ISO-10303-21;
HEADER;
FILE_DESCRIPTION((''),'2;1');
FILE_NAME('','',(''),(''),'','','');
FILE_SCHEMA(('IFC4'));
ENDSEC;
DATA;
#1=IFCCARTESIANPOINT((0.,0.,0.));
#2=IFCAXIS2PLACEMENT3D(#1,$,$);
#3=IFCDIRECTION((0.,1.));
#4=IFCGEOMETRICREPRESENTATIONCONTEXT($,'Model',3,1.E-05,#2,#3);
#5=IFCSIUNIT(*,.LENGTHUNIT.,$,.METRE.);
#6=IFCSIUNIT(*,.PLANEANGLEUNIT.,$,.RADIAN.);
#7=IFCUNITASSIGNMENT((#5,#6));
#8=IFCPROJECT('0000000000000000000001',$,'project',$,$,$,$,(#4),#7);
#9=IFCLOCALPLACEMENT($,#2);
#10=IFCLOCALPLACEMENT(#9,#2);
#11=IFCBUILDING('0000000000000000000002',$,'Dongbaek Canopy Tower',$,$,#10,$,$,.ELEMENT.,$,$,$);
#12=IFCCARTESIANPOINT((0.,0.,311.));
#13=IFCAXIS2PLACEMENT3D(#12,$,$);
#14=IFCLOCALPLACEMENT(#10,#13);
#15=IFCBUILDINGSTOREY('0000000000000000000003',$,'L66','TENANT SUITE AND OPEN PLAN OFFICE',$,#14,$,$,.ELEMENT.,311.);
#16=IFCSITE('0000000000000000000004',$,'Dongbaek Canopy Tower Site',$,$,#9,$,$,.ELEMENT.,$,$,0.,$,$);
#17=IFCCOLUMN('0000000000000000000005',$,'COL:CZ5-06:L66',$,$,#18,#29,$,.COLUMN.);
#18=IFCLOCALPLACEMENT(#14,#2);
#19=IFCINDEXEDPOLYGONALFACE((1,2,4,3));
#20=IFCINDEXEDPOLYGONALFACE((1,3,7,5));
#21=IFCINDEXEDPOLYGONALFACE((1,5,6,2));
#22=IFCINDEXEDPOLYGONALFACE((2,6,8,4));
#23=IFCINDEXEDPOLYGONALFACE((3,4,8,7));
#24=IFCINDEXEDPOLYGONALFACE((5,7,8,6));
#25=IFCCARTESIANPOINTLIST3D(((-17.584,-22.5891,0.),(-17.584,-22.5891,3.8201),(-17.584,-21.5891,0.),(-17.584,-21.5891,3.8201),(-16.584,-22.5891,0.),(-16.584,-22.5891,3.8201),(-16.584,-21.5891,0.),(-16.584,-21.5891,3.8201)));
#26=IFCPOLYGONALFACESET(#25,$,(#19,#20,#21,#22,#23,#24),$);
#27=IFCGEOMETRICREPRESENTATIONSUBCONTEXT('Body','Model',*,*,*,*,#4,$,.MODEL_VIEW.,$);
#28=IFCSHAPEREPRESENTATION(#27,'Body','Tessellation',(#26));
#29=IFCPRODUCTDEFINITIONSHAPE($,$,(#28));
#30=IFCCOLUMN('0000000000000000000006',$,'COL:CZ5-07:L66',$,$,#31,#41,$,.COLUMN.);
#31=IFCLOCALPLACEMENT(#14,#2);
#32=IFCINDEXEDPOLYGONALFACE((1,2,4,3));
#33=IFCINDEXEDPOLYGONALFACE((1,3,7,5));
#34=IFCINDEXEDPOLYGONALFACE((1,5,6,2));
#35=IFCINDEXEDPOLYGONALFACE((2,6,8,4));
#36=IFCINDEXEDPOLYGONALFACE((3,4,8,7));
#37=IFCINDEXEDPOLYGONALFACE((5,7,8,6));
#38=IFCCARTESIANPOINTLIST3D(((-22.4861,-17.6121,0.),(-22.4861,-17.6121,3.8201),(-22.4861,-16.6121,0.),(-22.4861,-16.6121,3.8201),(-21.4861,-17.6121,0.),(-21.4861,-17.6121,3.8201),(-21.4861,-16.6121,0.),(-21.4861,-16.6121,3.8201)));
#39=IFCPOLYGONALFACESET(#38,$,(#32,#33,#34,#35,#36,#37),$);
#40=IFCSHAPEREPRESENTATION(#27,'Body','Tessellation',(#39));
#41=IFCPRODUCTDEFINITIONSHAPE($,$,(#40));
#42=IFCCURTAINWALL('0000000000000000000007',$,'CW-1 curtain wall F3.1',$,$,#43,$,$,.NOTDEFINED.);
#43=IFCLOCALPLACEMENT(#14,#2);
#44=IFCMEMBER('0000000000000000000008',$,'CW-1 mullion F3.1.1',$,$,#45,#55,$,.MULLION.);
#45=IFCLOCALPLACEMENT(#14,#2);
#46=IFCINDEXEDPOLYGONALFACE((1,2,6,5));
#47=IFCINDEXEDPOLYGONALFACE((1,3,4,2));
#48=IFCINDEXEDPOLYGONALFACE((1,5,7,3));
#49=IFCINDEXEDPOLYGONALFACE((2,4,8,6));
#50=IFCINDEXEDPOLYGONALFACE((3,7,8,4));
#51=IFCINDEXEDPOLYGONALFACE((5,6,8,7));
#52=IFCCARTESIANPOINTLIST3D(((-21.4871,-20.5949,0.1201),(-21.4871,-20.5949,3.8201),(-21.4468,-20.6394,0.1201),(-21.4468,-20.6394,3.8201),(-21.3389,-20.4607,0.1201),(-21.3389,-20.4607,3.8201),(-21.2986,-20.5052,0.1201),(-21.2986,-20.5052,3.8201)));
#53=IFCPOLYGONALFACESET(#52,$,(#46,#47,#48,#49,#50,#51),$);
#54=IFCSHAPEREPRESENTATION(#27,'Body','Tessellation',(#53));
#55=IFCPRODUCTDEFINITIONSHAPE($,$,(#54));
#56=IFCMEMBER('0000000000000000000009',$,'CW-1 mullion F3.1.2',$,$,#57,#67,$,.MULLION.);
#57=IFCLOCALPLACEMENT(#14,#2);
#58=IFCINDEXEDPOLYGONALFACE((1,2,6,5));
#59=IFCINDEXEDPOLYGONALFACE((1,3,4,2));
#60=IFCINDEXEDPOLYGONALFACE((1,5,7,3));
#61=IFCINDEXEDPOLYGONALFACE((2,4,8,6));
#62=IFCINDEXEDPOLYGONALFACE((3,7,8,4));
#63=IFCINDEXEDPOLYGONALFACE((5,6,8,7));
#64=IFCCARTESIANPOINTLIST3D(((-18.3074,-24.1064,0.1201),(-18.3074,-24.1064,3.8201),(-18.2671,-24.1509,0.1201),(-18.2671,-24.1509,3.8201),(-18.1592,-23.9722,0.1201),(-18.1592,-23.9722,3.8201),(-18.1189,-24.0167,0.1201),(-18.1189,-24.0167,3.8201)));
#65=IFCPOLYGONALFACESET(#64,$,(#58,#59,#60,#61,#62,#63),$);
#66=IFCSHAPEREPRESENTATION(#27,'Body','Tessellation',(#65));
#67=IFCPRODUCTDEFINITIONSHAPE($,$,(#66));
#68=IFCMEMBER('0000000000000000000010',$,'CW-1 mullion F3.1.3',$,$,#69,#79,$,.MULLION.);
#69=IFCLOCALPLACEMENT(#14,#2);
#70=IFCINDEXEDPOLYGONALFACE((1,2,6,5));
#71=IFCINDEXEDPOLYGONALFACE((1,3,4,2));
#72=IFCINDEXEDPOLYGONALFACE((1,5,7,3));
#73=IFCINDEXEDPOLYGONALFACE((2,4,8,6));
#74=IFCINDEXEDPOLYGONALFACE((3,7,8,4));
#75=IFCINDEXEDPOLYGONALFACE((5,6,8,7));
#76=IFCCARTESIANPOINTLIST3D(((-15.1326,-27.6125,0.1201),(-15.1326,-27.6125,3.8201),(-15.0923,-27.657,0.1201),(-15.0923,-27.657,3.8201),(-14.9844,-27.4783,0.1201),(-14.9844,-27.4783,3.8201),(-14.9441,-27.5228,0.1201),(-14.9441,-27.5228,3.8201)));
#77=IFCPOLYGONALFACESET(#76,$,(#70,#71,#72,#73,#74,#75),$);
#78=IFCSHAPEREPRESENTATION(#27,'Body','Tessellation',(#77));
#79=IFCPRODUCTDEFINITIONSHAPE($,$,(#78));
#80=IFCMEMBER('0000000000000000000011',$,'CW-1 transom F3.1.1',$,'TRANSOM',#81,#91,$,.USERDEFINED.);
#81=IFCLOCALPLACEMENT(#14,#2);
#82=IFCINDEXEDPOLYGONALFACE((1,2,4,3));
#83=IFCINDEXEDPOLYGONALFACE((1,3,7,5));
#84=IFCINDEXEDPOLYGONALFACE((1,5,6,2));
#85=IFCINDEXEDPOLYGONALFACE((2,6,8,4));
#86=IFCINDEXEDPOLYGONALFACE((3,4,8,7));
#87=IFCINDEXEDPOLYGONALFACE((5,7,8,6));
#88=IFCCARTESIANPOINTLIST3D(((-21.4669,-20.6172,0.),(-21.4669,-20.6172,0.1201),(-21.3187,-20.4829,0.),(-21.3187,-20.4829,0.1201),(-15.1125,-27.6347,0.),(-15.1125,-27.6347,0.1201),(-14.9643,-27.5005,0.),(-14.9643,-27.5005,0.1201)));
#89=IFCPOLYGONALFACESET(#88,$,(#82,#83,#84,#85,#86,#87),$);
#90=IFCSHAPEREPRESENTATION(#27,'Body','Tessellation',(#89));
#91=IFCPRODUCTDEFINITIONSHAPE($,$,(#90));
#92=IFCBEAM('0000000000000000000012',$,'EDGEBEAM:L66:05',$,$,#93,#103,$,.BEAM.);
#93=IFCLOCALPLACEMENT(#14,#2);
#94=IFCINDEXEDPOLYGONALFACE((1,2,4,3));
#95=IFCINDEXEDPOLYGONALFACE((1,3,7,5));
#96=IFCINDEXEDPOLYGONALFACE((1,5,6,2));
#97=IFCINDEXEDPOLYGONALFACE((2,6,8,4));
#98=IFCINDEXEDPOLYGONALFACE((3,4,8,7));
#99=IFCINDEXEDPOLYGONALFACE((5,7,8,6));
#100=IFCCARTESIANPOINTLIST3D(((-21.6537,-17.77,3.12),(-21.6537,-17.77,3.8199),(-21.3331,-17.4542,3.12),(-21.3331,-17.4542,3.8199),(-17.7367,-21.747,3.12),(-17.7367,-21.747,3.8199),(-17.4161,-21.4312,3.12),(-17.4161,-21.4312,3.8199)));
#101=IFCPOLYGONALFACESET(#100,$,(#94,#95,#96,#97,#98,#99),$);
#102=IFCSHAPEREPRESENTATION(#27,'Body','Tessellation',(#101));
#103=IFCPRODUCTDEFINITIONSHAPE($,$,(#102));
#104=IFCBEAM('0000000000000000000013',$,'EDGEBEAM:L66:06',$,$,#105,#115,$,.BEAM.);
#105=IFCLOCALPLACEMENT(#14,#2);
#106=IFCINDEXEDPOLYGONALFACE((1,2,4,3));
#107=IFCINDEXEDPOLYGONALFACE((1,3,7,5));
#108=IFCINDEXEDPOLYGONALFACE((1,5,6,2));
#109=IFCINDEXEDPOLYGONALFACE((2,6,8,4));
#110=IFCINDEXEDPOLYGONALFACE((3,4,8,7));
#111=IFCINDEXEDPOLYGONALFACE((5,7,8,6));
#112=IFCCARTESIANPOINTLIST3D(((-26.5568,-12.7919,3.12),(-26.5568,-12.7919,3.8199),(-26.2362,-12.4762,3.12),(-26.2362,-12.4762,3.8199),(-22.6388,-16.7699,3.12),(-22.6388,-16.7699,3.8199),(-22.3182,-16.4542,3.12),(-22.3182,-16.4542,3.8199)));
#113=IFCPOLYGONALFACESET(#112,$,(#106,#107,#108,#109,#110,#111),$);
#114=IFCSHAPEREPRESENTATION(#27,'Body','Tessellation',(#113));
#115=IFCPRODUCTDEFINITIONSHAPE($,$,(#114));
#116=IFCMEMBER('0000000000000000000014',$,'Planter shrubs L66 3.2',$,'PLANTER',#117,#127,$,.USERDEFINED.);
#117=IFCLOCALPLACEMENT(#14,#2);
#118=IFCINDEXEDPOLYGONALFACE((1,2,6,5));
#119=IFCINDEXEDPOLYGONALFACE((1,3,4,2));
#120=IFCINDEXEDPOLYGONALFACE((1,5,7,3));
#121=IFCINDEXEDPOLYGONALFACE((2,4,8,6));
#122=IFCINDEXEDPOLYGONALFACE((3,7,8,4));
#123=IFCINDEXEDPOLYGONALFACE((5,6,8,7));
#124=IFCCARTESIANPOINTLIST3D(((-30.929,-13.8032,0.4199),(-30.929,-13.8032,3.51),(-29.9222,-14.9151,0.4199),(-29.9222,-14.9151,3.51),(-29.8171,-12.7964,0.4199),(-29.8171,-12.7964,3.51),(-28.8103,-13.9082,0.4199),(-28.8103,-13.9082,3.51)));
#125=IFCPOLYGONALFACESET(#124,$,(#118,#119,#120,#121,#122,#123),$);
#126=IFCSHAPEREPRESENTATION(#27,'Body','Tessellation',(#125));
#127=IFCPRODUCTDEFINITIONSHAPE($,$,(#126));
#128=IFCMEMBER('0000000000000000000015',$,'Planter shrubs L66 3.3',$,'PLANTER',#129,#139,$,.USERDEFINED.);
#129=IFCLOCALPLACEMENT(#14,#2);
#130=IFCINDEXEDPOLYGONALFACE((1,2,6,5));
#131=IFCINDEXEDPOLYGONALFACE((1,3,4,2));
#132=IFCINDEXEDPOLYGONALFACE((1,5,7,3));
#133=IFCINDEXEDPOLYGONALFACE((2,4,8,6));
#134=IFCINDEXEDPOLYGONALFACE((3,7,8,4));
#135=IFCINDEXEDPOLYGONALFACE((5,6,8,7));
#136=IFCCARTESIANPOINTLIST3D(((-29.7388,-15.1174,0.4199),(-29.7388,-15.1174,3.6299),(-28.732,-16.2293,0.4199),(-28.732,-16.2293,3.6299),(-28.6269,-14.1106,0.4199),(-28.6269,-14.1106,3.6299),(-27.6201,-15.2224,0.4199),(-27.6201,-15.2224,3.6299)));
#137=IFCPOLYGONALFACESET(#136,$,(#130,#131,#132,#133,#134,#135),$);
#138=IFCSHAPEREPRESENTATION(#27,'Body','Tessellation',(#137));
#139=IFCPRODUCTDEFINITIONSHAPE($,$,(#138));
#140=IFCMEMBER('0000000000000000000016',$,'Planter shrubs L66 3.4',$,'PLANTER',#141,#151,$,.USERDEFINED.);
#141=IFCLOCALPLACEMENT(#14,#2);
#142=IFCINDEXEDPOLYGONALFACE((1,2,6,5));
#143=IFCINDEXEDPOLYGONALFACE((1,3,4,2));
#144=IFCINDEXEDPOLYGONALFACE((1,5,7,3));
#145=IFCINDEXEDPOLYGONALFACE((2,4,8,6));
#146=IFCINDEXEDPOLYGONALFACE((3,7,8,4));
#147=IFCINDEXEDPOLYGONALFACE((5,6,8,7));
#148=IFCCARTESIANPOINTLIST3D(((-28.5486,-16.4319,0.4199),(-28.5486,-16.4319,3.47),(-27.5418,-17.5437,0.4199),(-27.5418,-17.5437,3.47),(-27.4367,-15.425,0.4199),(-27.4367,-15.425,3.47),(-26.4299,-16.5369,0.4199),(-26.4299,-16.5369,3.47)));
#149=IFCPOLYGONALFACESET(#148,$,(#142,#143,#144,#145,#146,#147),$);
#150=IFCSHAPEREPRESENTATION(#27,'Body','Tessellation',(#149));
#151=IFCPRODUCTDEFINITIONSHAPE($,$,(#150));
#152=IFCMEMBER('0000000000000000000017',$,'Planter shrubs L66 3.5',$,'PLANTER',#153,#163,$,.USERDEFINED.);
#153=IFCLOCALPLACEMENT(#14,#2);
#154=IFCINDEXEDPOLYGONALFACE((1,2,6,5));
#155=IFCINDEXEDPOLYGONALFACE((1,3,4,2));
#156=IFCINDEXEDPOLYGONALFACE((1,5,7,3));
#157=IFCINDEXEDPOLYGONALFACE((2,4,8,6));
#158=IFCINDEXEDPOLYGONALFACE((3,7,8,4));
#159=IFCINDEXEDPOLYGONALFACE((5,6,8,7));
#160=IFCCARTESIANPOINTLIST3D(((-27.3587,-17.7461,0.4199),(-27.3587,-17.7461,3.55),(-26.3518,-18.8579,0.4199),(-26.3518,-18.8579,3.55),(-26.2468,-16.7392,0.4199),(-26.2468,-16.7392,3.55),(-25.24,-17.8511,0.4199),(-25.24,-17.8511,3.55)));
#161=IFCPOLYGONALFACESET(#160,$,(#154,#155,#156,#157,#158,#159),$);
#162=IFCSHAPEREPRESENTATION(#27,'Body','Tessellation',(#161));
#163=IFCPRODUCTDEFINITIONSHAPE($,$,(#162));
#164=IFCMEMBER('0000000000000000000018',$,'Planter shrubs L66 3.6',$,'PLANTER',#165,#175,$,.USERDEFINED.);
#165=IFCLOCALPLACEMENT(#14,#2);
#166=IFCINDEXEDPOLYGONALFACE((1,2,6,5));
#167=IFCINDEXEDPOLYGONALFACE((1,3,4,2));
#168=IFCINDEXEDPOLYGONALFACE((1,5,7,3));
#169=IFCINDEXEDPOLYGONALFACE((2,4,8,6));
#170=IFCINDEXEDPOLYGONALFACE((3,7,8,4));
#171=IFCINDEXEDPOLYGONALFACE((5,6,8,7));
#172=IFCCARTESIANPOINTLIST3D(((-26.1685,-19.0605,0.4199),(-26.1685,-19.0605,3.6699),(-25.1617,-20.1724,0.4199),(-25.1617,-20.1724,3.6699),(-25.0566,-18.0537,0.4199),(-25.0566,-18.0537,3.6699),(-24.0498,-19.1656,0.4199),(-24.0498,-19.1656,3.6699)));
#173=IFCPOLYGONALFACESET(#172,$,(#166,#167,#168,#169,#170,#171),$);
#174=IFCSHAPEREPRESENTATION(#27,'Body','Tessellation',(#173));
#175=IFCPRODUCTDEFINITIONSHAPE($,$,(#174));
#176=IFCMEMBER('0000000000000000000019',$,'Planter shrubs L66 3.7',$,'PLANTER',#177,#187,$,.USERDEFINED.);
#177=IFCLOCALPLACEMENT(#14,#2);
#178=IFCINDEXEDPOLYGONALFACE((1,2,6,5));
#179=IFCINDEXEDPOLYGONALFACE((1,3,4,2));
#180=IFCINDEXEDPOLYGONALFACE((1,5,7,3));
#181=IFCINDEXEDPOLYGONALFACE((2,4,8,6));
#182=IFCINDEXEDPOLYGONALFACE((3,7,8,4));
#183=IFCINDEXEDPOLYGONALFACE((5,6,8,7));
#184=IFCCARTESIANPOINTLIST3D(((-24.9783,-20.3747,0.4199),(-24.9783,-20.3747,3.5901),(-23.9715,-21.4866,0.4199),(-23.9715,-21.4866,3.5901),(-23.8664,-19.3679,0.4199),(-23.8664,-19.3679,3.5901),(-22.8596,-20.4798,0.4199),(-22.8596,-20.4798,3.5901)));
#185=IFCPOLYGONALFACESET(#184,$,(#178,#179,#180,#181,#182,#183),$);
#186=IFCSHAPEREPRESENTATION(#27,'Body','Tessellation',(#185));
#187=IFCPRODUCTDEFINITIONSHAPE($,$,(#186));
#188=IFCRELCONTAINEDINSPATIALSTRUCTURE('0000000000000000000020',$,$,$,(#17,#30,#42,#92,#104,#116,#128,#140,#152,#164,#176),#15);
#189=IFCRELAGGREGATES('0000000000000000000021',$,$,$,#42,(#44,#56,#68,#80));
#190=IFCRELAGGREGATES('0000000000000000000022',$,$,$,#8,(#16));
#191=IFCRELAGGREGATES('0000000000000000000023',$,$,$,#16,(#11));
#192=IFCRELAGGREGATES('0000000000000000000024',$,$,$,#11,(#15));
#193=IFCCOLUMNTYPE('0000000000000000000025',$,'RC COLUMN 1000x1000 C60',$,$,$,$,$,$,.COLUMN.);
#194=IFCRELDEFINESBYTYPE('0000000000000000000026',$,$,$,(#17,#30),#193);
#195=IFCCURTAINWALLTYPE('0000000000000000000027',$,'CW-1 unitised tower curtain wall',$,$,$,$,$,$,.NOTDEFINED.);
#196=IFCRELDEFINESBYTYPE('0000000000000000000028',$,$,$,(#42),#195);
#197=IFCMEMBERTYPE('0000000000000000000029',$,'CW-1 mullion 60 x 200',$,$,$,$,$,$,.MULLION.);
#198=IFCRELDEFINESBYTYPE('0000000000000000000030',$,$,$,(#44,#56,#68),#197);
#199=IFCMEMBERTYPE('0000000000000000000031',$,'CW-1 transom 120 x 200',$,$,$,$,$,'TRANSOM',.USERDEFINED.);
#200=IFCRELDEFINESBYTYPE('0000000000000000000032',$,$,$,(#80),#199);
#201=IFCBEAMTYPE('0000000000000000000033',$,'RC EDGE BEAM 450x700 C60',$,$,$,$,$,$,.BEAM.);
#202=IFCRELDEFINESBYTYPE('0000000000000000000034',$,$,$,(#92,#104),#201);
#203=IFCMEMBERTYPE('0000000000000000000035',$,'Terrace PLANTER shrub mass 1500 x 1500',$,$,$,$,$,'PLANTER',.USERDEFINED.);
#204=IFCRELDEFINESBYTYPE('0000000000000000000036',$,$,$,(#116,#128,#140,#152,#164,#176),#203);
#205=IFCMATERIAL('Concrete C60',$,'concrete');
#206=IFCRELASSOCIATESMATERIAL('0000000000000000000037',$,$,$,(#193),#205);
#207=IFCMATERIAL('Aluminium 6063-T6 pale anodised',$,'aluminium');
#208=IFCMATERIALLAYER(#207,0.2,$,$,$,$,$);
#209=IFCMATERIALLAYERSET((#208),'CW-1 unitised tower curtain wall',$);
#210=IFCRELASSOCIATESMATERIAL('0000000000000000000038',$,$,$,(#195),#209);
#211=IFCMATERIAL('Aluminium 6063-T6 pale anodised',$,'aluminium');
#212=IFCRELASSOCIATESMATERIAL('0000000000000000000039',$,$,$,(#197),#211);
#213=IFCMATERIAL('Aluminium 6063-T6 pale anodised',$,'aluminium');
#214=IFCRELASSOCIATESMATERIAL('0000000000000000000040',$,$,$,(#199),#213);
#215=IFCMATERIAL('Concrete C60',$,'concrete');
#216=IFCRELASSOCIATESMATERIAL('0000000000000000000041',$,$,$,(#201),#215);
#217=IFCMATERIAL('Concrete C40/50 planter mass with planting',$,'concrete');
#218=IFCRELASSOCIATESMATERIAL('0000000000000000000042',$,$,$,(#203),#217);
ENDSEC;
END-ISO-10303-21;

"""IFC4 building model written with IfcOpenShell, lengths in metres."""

from ifc_helpers import new_model, si_unit, direction, frame, origin, origin_2d, place, context, subcontext, project, spatial, rectangle, extrude, material, layer, layer_set, material_profile, profile_set, type_object, element, aggregate, save


model = new_model("IFC4")

# Units and contexts
model_context = context("Model", 3, precision=1e-05, world=origin(), true_north=direction((0.0, 1.0)))
body_context = subcontext(model_context, "Body", "Model", "MODEL_VIEW")
ifc_project = project(units=[si_unit("LENGTHUNIT", "METRE"), si_unit("PLANEANGLEUNIT", "RADIAN")], contexts=[model_context])

# Site, building, storey
site_placement = place(None, origin())
site = spatial("IfcSite", under=ifc_project, at=site_placement, Name="Dongbaek Canopy Tower Site", CompositionType="ELEMENT", RefElevation=0.0)
building_placement = place(site_placement, origin())
building = spatial("IfcBuilding", under=site, at=building_placement, Name="Dongbaek Canopy Tower", CompositionType="ELEMENT")
storey_placement = place(building_placement, frame((0.0, 0.0, 311.0)))
storey = spatial("IfcBuildingStorey", under=building, at=storey_placement, Name="L66", Description="TENANT SUITE AND OPEN PLAN OFFICE", CompositionType="ELEMENT", Elevation=311.0)

# Columns
ifc_material_1 = material(Name="Concrete C60", Category="concrete")
ifc_material_profile_1 = material_profile(ifc_material_1, rectangle(XDim=1.0, YDim=1.0, at=origin_2d()), Name="RC COLUMN 1000x1000 C60")
ifc_profile_set_1 = profile_set([ifc_material_profile_1], Name="Concrete C60")
column_type = type_object("IfcColumnType", Name="RC COLUMN 1000x1000 C60", PredefinedType="COLUMN", material=ifc_profile_set_1)
for number, where, z_axis, x_axis, name in (
    (1, (-17.084, -22.0891, 0.0), (0.0, 0.0, 1.0), (1.0, 0.0, 0.0), "COL:CZ5-06:L66"),
    (2, (-21.9861, -17.1121, 0.0), (0.0, 0.0, 1.0), (1.0, 0.0, 0.0), "COL:CZ5-07:L66"),
):
    element("IfcColumn", number, at=place(storey_placement, frame(where, z_axis=z_axis, x_axis=x_axis)), inside=storey, type_object=column_type, Name=name, PredefinedType="COLUMN", context=body_context, shape_type="SweptSolid", body=[
        extrude(rectangle(XDim=1.0, YDim=1.0, at=origin_2d()), origin(), (0.0, 0.0, 1.0), 3.8201),
    ])

# Curtain wall, members
ifc_material_2 = material(Name="Aluminium 6063-T6 pale anodised", Category="aluminium")
ifc_layer_1 = layer(ifc_material_2, 0.2)
ifc_layer_set_1 = layer_set([ifc_layer_1], Name="CW-1 unitised tower curtain wall")
curtain_wall_type = type_object("IfcCurtainWallType", Name="CW-1 unitised tower curtain wall", PredefinedType="NOTDEFINED", material=ifc_layer_set_1)
curtain_wall_placement = place(storey_placement, origin())
curtain_wall = element("IfcCurtainWall", 3, at=curtain_wall_placement, inside=storey, type_object=curtain_wall_type, Name="CW-1 curtain wall F3.1", PredefinedType="NOTDEFINED")
ifc_material_3 = material(Name="Aluminium 6063-T6 pale anodised", Category="aluminium")
ifc_material_profile_2 = material_profile(ifc_material_3, rectangle(XDim=0.2, YDim=0.0601, at=origin_2d()), Name="CW-1 mullion 60 x 200")
ifc_profile_set_2 = profile_set([ifc_material_profile_2], Name="Aluminium 6063-T6 pale anodised")
member_type_1 = type_object("IfcMemberType", Name="CW-1 mullion 60 x 200", PredefinedType="MULLION", material=ifc_profile_set_2)
member_1_placement = place(storey_placement, frame((-21.3928, -20.55, 0.1201), z_axis=(0.0, 0.0, 1.0), x_axis=(-0.741254, -0.671225, 0.0)))
member_1 = element("IfcMember", 4, at=member_1_placement, type_object=member_type_1, Name="CW-1 mullion F3.1.1", PredefinedType="MULLION", context=body_context, shape_type="SweptSolid", body=[
    extrude(rectangle(XDim=0.2, YDim=0.0601, at=origin_2d()), origin(), (0.0, 0.0, 1.0), 3.7),
])
member_2_placement = place(storey_placement, frame((-18.2131, -24.0615, 0.1201), z_axis=(0.0, 0.0, 1.0), x_axis=(-0.741254, -0.671225, 0.0)))
member_2 = element("IfcMember", 5, at=member_2_placement, type_object=member_type_1, Name="CW-1 mullion F3.1.2", PredefinedType="MULLION", context=body_context, shape_type="SweptSolid", body=[
    extrude(rectangle(XDim=0.2, YDim=0.0601, at=origin_2d()), origin(), (0.0, 0.0, 1.0), 3.7),
])
member_3_placement = place(storey_placement, frame((-15.0383, -27.5676, 0.1201), z_axis=(0.0, 0.0, 1.0), x_axis=(-0.741254, -0.671225, 0.0)))
member_3 = element("IfcMember", 6, at=member_3_placement, type_object=member_type_1, Name="CW-1 mullion F3.1.3", PredefinedType="MULLION", context=body_context, shape_type="SweptSolid", body=[
    extrude(rectangle(XDim=0.2, YDim=0.0601, at=origin_2d()), origin(), (0.0, 0.0, 1.0), 3.7),
])
ifc_material_4 = material(Name="Aluminium 6063-T6 pale anodised", Category="aluminium")
ifc_material_profile_3 = material_profile(ifc_material_4, rectangle(XDim=0.2, YDim=0.1201, at=origin_2d()), Name="CW-1 transom 120 x 200")
ifc_profile_set_3 = profile_set([ifc_material_profile_3], Name="Aluminium 6063-T6 pale anodised")
member_type_2 = type_object("IfcMemberType", Name="CW-1 transom 120 x 200", ElementType="TRANSOM", PredefinedType="USERDEFINED", material=ifc_profile_set_3)
member_4_placement = place(storey_placement, frame((-21.3928, -20.55, 0.0601), z_axis=(0.671218, -0.74126, 0.0), x_axis=(0.74126, 0.671218, 0.0)))
member_4 = element("IfcMember", 7, at=member_4_placement, type_object=member_type_2, Name="CW-1 transom F3.1.1", ObjectType="TRANSOM", PredefinedType="USERDEFINED", context=body_context, shape_type="SweptSolid", body=[
    extrude(rectangle(XDim=0.2, YDim=0.1201, at=origin_2d()), origin(), (0.0, 0.0, 1.0), 9.467),
])

# Beams
ifc_material_5 = material(Name="Concrete C60", Category="concrete")
ifc_material_profile_4 = material_profile(ifc_material_5, rectangle(XDim=0.45, YDim=0.7, at=origin_2d()), Name="RC EDGE BEAM 450x700 C60")
ifc_profile_set_4 = profile_set([ifc_material_profile_4], Name="Concrete C60")
beam_type = type_object("IfcBeamType", Name="RC EDGE BEAM 450x700 C60", PredefinedType="BEAM", material=ifc_profile_set_4)
beam_1_placement = place(storey_placement, frame((-17.5764, -21.5891, 3.47), z_axis=(-0.701707, 0.712466, 0.0), x_axis=(-0.712466, -0.701707, 0.0)))
element("IfcBeam", 8, at=beam_1_placement, inside=storey, type_object=beam_type, Name="EDGEBEAM:L66:05", PredefinedType="BEAM", context=body_context, shape_type="SweptSolid", body=[
    extrude(rectangle(XDim=0.45, YDim=0.7, at=origin_2d()), origin(), (0.0, 0.0, 1.0), 5.582),
])
beam_2_placement = place(storey_placement, frame((-22.4785, -16.6121, 3.47), z_axis=(-0.701708, 0.712465, 0.0), x_axis=(-0.712465, -0.701708, 0.0)))
element("IfcBeam", 9, at=beam_2_placement, inside=storey, type_object=beam_type, Name="EDGEBEAM:L66:06", PredefinedType="BEAM", context=body_context, shape_type="SweptSolid", body=[
    extrude(rectangle(XDim=0.45, YDim=0.7, at=origin_2d()), origin(), (0.0, 0.0, 1.0), 5.5835),
])

# Members
ifc_material_6 = material(Name="Concrete C40/50 planter mass with planting", Category="concrete")
ifc_material_profile_5 = material_profile(ifc_material_6, rectangle(XDim=1.5, YDim=1.5, at=origin_2d()), Name="Terrace PLANTER shrub mass 1500 x 1500")
ifc_profile_set_5 = profile_set([ifc_material_profile_5], Name="Concrete C40/50 planter mass with planting")
member_type_3 = type_object("IfcMemberType", Name="Terrace PLANTER shrub mass 1500 x 1500", ElementType="PLANTER", PredefinedType="USERDEFINED", material=ifc_profile_set_5)
member_5_placement = place(storey_placement, frame((-29.8696, -13.8557, 0.4199), z_axis=(0.0, 0.0, 1.0), x_axis=(-0.741254, -0.671225, 0.0)))
element("IfcMember", 10, at=member_5_placement, inside=storey, type_object=member_type_3, Name="Planter shrubs L66 3.2", ObjectType="PLANTER", PredefinedType="USERDEFINED", context=body_context, shape_type="SweptSolid", body=[
    extrude(rectangle(XDim=1.5, YDim=1.5, at=origin_2d()), origin(), (0.0, 0.0, 1.0), 3.0901),
])
member_6_placement = place(storey_placement, frame((-28.6794, -15.1699, 0.4199), z_axis=(0.0, 0.0, 1.0), x_axis=(-0.741254, -0.671225, 0.0)))
element("IfcMember", 11, at=member_6_placement, inside=storey, type_object=member_type_3, Name="Planter shrubs L66 3.3", ObjectType="PLANTER", PredefinedType="USERDEFINED", context=body_context, shape_type="SweptSolid", body=[
    extrude(rectangle(XDim=1.5, YDim=1.5, at=origin_2d()), origin(), (0.0, 0.0, 1.0), 3.21),
])
member_7_placement = place(storey_placement, frame((-27.4893, -16.4844, 0.4199), z_axis=(0.0, 0.0, 1.0), x_axis=(-0.741254, -0.671225, 0.0)))
element("IfcMember", 12, at=member_7_placement, inside=storey, type_object=member_type_3, Name="Planter shrubs L66 3.4", ObjectType="PLANTER", PredefinedType="USERDEFINED", context=body_context, shape_type="SweptSolid", body=[
    extrude(rectangle(XDim=1.5, YDim=1.5, at=origin_2d()), origin(), (0.0, 0.0, 1.0), 3.05),
])
member_8_placement = place(storey_placement, frame((-26.2993, -17.7986, 0.4199), z_axis=(0.0, 0.0, 1.0), x_axis=(-0.741254, -0.671225, 0.0)))
element("IfcMember", 13, at=member_8_placement, inside=storey, type_object=member_type_3, Name="Planter shrubs L66 3.5", ObjectType="PLANTER", PredefinedType="USERDEFINED", context=body_context, shape_type="SweptSolid", body=[
    extrude(rectangle(XDim=1.5, YDim=1.5, at=origin_2d()), origin(), (0.0, 0.0, 1.0), 3.1301),
])
member_9_placement = place(storey_placement, frame((-25.1091, -19.113, 0.4199), z_axis=(0.0, 0.0, 1.0), x_axis=(-0.741254, -0.671225, 0.0)))
element("IfcMember", 14, at=member_9_placement, inside=storey, type_object=member_type_3, Name="Planter shrubs L66 3.6", ObjectType="PLANTER", PredefinedType="USERDEFINED", context=body_context, shape_type="SweptSolid", body=[
    extrude(rectangle(XDim=1.5, YDim=1.5, at=origin_2d()), origin(), (0.0, 0.0, 1.0), 3.25),
])
member_10_placement = place(storey_placement, frame((-23.9189, -20.4272, 0.4199), z_axis=(0.0, 0.0, 1.0), x_axis=(-0.741254, -0.671225, 0.0)))
element("IfcMember", 15, at=member_10_placement, inside=storey, type_object=member_type_3, Name="Planter shrubs L66 3.7", ObjectType="PLANTER", PredefinedType="USERDEFINED", context=body_context, shape_type="SweptSolid", body=[
    extrude(rectangle(XDim=1.5, YDim=1.5, at=origin_2d()), origin(), (0.0, 0.0, 1.0), 3.1702),
])

aggregate(curtain_wall, [member_1, member_2, member_3, member_4])

save(model, "model.ifc")
